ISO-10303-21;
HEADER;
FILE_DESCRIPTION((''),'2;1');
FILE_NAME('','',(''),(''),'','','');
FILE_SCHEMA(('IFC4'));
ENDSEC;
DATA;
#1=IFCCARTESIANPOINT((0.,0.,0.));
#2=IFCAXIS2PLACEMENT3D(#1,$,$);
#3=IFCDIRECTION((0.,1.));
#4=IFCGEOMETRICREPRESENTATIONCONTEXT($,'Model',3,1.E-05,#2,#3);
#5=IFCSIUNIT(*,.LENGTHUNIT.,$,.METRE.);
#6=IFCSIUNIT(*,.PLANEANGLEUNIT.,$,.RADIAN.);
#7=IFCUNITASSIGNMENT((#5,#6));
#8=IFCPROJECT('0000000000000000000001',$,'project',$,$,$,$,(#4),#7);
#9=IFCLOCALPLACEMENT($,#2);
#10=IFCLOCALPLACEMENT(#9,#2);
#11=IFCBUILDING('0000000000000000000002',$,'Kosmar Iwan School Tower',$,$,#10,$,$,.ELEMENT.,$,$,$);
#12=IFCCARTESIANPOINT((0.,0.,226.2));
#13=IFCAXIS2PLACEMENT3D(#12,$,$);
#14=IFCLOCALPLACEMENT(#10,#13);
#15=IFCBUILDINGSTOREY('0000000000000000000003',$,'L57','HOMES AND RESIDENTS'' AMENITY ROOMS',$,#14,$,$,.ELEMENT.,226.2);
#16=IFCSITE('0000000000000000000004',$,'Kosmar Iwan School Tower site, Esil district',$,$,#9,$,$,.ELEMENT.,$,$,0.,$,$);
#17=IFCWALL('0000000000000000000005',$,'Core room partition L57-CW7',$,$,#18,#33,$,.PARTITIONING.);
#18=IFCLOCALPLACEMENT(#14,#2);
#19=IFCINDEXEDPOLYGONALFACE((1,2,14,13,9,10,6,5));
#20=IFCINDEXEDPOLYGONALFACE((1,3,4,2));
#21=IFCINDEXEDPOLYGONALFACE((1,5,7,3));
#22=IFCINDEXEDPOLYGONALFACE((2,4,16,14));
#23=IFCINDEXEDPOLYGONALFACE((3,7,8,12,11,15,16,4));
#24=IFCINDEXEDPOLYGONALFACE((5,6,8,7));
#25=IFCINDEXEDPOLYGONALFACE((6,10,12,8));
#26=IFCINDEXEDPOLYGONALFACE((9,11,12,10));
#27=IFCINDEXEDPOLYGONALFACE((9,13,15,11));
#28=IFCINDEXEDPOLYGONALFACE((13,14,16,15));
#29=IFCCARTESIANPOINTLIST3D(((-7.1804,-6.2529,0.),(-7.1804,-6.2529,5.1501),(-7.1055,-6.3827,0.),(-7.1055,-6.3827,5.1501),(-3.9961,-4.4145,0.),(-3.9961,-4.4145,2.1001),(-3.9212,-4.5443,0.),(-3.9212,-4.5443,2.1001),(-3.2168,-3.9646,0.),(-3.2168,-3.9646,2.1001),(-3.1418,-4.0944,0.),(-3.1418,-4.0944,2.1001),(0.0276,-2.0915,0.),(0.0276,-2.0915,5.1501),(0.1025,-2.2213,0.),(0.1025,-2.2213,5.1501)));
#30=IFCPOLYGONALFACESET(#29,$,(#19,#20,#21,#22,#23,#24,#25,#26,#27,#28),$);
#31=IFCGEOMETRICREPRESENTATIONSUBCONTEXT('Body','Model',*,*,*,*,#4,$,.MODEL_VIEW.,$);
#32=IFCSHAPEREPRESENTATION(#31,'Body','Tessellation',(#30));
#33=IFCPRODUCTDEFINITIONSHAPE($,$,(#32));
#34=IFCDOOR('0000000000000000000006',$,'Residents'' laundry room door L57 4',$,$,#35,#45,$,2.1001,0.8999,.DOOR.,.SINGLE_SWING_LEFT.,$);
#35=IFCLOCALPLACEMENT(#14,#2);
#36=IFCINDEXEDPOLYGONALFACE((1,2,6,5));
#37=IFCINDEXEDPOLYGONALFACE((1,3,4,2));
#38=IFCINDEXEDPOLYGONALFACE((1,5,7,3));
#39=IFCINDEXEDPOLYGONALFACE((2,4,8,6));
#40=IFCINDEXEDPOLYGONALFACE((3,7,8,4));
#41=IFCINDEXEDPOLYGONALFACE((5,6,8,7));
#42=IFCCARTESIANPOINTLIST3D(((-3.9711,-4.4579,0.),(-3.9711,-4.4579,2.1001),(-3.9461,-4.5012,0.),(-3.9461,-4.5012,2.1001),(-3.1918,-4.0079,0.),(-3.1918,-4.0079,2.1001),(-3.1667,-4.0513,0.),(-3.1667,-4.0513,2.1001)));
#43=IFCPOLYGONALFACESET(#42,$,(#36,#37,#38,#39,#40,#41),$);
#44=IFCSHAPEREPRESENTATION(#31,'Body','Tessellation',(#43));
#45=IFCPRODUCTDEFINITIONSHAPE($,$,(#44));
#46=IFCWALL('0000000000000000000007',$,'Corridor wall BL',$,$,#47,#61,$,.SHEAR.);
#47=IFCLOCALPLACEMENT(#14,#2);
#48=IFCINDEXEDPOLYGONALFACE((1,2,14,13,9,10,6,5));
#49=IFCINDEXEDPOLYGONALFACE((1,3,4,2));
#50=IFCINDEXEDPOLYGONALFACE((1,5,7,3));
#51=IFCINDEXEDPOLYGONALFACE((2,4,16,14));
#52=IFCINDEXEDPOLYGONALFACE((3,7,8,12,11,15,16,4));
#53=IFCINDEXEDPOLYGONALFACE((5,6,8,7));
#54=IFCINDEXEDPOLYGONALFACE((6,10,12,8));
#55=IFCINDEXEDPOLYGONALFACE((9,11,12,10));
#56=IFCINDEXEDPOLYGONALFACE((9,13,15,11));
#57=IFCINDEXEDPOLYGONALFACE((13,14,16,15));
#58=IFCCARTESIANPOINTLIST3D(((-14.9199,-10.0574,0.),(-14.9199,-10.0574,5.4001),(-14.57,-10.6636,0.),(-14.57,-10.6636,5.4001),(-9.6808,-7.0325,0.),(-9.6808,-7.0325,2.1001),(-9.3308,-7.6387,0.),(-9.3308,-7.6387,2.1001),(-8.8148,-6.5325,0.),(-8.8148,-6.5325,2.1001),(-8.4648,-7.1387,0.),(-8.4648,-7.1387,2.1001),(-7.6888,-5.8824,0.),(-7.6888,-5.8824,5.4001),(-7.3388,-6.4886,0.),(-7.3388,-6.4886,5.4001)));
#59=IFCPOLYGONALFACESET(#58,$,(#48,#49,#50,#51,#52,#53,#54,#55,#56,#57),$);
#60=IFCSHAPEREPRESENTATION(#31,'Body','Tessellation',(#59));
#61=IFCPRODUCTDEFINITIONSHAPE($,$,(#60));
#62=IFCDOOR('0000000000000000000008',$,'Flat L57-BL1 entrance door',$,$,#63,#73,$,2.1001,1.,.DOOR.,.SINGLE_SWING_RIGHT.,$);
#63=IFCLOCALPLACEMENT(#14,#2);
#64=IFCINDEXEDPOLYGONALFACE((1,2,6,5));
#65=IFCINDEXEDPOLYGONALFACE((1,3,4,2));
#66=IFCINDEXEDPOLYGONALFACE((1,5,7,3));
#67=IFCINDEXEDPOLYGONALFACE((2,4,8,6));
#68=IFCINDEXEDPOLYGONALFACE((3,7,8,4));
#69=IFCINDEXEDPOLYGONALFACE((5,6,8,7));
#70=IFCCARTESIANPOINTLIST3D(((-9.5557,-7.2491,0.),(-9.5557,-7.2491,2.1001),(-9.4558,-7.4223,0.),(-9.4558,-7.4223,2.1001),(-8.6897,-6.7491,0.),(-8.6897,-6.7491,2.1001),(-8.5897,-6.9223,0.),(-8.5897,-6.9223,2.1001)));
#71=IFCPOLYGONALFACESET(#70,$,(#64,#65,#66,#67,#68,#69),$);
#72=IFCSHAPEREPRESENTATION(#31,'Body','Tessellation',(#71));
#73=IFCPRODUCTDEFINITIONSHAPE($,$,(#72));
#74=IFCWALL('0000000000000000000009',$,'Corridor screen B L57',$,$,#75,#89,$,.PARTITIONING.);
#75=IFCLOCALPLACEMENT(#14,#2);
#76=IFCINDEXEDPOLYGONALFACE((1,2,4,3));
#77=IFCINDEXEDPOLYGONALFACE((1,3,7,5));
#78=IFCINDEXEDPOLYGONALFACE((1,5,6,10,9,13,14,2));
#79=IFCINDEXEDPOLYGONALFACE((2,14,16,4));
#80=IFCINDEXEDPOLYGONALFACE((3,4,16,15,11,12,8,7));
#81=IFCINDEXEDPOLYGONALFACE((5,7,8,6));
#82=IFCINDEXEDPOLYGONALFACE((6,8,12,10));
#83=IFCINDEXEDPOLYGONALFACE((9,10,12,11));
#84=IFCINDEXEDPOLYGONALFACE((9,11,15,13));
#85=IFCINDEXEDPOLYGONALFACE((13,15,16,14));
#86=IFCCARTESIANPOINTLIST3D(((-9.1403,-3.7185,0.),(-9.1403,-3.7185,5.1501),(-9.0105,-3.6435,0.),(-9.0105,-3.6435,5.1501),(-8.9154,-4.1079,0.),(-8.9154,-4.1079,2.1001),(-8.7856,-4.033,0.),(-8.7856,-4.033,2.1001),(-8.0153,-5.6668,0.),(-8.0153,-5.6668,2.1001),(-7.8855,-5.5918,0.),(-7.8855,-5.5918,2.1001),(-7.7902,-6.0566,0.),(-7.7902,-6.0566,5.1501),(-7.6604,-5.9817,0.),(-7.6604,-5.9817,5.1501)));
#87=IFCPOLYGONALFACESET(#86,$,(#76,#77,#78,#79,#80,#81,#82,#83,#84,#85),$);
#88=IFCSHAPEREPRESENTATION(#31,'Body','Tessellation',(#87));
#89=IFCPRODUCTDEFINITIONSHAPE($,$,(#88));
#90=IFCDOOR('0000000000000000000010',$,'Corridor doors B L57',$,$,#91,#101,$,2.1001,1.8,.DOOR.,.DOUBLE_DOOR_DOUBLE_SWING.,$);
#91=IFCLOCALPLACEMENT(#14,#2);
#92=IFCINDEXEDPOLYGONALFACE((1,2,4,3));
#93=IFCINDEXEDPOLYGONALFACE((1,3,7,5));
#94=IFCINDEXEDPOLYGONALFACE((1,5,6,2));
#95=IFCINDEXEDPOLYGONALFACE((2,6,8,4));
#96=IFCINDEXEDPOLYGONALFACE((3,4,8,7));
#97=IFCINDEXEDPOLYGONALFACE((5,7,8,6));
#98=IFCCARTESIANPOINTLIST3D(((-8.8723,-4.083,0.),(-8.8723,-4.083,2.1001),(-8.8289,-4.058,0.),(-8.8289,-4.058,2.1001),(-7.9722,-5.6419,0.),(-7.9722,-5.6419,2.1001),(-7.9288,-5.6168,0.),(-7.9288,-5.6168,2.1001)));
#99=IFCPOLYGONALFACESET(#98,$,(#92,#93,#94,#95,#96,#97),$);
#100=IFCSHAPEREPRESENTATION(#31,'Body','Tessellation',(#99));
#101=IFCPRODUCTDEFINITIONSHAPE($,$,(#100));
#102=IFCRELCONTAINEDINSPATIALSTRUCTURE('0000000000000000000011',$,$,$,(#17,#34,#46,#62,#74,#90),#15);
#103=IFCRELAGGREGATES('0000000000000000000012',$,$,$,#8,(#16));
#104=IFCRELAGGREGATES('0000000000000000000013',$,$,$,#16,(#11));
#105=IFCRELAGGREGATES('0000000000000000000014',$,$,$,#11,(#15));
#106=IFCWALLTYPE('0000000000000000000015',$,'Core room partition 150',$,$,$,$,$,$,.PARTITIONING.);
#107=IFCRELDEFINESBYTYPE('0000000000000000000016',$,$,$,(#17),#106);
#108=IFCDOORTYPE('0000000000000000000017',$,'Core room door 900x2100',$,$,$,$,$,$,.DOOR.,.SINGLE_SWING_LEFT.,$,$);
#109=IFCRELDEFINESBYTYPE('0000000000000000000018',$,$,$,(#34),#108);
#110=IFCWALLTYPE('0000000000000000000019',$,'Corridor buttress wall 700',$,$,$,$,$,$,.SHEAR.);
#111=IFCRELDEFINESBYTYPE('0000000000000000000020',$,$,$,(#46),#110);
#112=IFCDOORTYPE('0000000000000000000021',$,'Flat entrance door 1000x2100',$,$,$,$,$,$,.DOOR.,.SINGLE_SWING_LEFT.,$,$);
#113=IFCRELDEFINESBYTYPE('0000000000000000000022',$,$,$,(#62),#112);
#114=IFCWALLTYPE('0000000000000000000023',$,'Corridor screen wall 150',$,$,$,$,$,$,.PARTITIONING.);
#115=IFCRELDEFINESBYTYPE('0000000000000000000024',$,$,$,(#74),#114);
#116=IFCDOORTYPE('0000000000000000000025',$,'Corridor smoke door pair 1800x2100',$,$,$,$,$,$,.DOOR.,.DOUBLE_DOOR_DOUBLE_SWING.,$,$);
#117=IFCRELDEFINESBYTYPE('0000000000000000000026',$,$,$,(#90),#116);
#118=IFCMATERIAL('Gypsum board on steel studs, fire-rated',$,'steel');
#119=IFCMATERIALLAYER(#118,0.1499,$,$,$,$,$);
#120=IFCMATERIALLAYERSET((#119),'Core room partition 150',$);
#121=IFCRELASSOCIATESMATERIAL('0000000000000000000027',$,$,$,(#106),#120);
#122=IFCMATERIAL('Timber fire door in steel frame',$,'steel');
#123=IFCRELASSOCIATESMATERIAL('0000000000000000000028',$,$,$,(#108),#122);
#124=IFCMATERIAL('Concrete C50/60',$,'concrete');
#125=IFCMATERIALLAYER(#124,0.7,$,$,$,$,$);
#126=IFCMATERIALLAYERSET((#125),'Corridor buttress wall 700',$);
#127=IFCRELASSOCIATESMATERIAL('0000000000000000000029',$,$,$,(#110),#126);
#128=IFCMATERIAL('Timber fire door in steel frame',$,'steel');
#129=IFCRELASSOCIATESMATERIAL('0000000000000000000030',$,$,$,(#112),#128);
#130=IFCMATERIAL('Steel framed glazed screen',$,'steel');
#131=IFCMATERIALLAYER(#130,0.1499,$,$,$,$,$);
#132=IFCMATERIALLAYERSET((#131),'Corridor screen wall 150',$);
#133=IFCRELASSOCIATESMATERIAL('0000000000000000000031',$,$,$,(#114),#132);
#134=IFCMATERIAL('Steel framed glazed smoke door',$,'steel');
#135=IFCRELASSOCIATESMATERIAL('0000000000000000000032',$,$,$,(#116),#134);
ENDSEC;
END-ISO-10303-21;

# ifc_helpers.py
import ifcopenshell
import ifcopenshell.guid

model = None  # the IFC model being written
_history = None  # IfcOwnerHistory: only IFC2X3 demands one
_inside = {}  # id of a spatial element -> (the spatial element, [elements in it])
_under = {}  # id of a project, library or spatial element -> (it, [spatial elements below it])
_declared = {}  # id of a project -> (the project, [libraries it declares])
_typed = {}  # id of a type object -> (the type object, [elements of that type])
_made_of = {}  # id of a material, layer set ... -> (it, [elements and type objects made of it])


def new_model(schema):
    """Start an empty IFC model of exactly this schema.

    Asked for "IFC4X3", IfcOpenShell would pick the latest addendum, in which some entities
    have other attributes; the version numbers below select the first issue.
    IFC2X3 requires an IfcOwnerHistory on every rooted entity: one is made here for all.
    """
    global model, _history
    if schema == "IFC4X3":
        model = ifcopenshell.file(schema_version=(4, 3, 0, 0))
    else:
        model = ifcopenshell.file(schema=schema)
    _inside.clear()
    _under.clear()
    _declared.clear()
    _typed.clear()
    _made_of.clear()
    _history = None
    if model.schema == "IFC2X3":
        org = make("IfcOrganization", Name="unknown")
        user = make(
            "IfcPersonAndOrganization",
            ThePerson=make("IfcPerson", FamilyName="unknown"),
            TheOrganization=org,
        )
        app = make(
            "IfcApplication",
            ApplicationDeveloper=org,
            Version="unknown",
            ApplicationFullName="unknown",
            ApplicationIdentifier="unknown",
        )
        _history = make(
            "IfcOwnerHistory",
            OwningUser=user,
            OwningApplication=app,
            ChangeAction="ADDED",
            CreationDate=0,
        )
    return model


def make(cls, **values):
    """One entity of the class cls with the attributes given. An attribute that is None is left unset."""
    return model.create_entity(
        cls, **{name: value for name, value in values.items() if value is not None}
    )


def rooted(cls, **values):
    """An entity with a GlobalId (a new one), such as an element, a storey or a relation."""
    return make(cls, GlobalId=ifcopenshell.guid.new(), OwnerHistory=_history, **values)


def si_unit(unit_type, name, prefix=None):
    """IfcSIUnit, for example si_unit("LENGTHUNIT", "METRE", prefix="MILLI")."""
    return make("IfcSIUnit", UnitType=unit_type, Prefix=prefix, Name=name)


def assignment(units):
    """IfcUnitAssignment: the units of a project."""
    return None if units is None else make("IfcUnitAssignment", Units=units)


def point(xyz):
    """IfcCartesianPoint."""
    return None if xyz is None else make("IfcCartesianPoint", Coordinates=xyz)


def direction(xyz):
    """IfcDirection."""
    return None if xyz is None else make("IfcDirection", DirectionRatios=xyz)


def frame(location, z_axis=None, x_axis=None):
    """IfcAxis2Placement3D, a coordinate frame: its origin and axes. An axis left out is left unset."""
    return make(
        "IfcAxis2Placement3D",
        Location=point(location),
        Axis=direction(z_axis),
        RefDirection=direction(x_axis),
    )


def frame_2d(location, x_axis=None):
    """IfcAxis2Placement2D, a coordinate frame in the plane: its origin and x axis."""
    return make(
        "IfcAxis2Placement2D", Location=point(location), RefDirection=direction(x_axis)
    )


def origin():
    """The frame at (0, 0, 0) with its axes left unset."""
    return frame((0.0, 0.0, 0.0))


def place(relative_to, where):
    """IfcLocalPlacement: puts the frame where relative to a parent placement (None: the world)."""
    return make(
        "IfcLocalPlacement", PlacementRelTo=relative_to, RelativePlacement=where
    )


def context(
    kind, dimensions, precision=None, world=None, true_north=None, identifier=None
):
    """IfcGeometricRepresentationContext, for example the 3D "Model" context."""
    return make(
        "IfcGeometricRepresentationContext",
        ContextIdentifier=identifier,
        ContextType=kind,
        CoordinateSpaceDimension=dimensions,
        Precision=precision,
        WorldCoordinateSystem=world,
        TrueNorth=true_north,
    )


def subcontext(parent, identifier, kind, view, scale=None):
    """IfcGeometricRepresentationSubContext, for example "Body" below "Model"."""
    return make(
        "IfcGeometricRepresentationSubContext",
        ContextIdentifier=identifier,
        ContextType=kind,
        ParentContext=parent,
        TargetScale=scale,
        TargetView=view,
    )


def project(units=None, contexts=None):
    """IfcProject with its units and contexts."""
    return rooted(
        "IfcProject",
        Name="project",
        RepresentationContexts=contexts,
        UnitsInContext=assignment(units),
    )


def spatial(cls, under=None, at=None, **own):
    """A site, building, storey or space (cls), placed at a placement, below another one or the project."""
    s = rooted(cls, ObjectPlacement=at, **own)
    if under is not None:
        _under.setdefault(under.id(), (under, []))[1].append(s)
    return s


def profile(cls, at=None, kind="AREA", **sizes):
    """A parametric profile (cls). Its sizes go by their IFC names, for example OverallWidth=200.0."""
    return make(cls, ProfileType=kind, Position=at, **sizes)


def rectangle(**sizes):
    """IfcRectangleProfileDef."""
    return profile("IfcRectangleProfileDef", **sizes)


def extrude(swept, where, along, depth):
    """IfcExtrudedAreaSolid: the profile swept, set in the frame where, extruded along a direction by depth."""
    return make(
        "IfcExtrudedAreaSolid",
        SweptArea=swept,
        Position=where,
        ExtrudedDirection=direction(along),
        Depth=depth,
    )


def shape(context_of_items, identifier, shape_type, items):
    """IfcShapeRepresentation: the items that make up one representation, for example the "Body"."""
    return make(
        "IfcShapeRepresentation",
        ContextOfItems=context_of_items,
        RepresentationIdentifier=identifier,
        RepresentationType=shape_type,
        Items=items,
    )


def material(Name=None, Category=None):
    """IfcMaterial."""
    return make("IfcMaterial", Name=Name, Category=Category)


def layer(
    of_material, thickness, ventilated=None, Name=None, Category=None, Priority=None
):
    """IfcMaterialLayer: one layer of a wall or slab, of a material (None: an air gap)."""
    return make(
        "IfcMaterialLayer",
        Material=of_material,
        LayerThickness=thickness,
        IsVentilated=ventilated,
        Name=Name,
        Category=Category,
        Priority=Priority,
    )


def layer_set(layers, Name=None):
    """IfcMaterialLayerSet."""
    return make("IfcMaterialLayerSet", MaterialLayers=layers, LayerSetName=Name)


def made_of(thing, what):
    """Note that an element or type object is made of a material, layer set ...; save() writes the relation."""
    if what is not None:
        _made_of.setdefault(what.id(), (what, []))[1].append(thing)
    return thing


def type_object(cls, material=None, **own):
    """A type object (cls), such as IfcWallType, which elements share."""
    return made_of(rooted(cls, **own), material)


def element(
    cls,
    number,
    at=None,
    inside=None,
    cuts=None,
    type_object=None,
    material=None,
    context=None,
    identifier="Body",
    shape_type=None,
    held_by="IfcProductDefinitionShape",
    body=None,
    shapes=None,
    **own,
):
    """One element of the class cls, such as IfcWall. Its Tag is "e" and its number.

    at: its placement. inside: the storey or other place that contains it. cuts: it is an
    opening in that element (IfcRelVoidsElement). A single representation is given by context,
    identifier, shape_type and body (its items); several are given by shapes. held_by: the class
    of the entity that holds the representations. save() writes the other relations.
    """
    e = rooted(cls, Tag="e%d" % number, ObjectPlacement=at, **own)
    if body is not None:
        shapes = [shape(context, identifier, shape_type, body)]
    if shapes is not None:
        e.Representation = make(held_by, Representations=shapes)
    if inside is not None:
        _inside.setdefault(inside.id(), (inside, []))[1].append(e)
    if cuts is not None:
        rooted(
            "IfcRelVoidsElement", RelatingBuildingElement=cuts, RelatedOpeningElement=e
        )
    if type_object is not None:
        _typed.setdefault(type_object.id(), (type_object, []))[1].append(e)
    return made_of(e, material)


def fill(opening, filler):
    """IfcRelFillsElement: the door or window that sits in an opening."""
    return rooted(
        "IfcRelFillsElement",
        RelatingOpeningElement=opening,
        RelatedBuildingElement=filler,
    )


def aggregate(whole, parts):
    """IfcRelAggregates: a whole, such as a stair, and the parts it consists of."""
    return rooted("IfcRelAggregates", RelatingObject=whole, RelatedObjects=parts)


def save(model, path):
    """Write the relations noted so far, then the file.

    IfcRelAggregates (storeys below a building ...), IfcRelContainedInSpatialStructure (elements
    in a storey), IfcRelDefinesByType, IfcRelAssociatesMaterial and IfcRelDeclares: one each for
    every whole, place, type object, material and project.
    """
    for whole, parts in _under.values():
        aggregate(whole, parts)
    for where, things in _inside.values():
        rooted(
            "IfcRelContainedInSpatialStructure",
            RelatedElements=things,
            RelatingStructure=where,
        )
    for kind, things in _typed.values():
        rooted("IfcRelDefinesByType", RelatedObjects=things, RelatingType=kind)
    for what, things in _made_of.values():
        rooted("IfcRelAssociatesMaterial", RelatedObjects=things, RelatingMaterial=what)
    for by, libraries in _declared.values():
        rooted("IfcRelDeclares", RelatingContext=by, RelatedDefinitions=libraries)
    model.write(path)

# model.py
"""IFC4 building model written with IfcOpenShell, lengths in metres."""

from ifc_helpers import new_model, si_unit, direction, frame, frame_2d, origin, place, context, subcontext, project, spatial, rectangle, extrude, material, layer, layer_set, type_object, element, fill, save


model = new_model("IFC4")

# Units and contexts
model_context = context("Model", 3, precision=1e-05, world=origin(), true_north=direction((0.0, 1.0)))
body_context = subcontext(model_context, "Body", "Model", "MODEL_VIEW")
ifc_project = project(units=[si_unit("LENGTHUNIT", "METRE"), si_unit("PLANEANGLEUNIT", "RADIAN")], contexts=[model_context])

# Site, building, storey
site_placement = place(None, origin())
site = spatial("IfcSite", under=ifc_project, at=site_placement, Name="Kosmar Iwan School Tower site, Esil district", CompositionType="ELEMENT", RefElevation=0.0)
building_placement = place(site_placement, origin())
building = spatial("IfcBuilding", under=site, at=building_placement, Name="Kosmar Iwan School Tower", CompositionType="ELEMENT")
storey_placement = place(building_placement, frame((0.0, 0.0, 226.2)))
storey = spatial("IfcBuildingStorey", under=building, at=storey_placement, Name="L57", Description="HOMES AND RESIDENTS' AMENITY ROOMS", CompositionType="ELEMENT", Elevation=226.2)

# Shared definitions
ifc_material_1 = material(Name="Gypsum board on steel studs, fire-rated", Category="steel")
ifc_layer_1 = layer(ifc_material_1, 0.1499)
ifc_layer_set_1 = layer_set([ifc_layer_1], Name="Core room partition 150")
wall_type_1 = type_object("IfcWallType", Name="Core room partition 150", PredefinedType="PARTITIONING", material=ifc_layer_set_1)

# Walls, openings, doors
wall_1_placement = place(storey_placement, frame((-7.1431, -6.3179, 0.0), z_axis=(0.0, 0.0, 1.0), x_axis=(0.866034, 0.499985, 0.0)))
wall_1 = element("IfcWall", 1, at=wall_1_placement, inside=storey, type_object=wall_type_1, Name="Core room partition L57-CW7", PredefinedType="PARTITIONING", context=body_context, shape_type="SweptSolid", body=[
    extrude(rectangle(XDim=8.323, YDim=0.1499, at=frame_2d((4.1616, 0.0))), origin(), (0.0, 0.0, 1.0), 5.1501),
])
opening_1_placement = place(wall_1_placement, frame((3.677, 0.0, 0.0)))
opening_1 = element("IfcOpeningElement", 2, at=opening_1_placement, cuts=wall_1, PredefinedType="OPENING", context=body_context, shape_type="SweptSolid", body=[
    extrude(rectangle(XDim=0.8999, YDim=2.1001, at=frame_2d((0.45, 1.05))), frame((0.0, 0.0869, 0.0), z_axis=(0.0, -1.0, 0.0), x_axis=(1.0, 0.0, 0.0)), (0.0, 0.0, 1.0), 0.1738),
])
ifc_material_2 = material(Name="Timber fire door in steel frame", Category="steel")
door_type_1 = type_object("IfcDoorType", Name="Core room door 900x2100", OperationType="SINGLE_SWING_LEFT", PredefinedType="DOOR", material=ifc_material_2)
door_1_placement = place(opening_1_placement, origin())
door_1 = element("IfcDoor", 3, at=door_1_placement, inside=storey, type_object=door_type_1, Name="Residents' laundry room door L57 4", OperationType="SINGLE_SWING_LEFT", OverallHeight=2.1001, OverallWidth=0.8999, PredefinedType="DOOR", context=body_context, shape_type="SweptSolid", body=[
    extrude(rectangle(XDim=0.8999, YDim=2.1001, at=frame_2d((0.45, 1.05))), frame((0.0, 0.0249, 0.0), z_axis=(0.0, -1.0, 0.0), x_axis=(1.0, 0.0, 0.0)), (0.0, 0.0, 1.0), 0.05),
])
fill(opening_1, door_1)
ifc_material_3 = material(Name="Concrete C50/60", Category="concrete")
ifc_layer_2 = layer(ifc_material_3, 0.7)
ifc_layer_set_2 = layer_set([ifc_layer_2], Name="Corridor buttress wall 700")
wall_type_2 = type_object("IfcWallType", Name="Corridor buttress wall 700", PredefinedType="SHEAR", material=ifc_layer_set_2)
wall_2_placement = place(storey_placement, frame((-7.5139, -6.1855, 0.0), z_axis=(0.0, 0.0, 1.0), x_axis=(-0.86602, -0.50001, 0.0)))
wall_2 = element("IfcWall", 4, at=wall_2_placement, inside=storey, type_object=wall_type_2, Name="Corridor wall BL", PredefinedType="SHEAR", context=body_context, shape_type="SweptSolid", body=[
    extrude(rectangle(XDim=8.3499, YDim=0.7, at=frame_2d((4.1748, 0.0))), origin(), (0.0, 0.0, 1.0), 5.4001),
])
opening_2_placement = place(wall_2_placement, frame((1.3, 0.0, 0.0)))
opening_2 = element("IfcOpeningElement", 5, at=opening_2_placement, cuts=wall_2, PredefinedType="OPENING", context=body_context, shape_type="SweptSolid", body=[
    extrude(rectangle(XDim=1.0, YDim=2.1001, at=frame_2d((0.5, 1.05))), frame((0.0, 0.3621, 0.0), z_axis=(0.0, -1.0, 0.0), x_axis=(1.0, 0.0, 0.0)), (0.0, 0.0, 1.0), 0.7239),
])
ifc_material_4 = material(Name="Timber fire door in steel frame", Category="steel")
door_type_2 = type_object("IfcDoorType", Name="Flat entrance door 1000x2100", OperationType="SINGLE_SWING_LEFT", PredefinedType="DOOR", material=ifc_material_4)
door_2_placement = place(opening_2_placement, origin())
door_2 = element("IfcDoor", 6, at=door_2_placement, inside=storey, type_object=door_type_2, Name="Flat L57-BL1 entrance door", OperationType="SINGLE_SWING_RIGHT", OverallHeight=2.1001, OverallWidth=1.0, PredefinedType="DOOR", context=body_context, shape_type="SweptSolid", body=[
    extrude(rectangle(XDim=1.0, YDim=2.1001, at=frame_2d((0.5, 1.05))), frame((0.0, 0.1001, 0.0), z_axis=(0.0, -1.0, 0.0), x_axis=(1.0, 0.0, 0.0)), (0.0, 0.0, 1.0), 0.2),
])
fill(opening_2, door_2)
ifc_material_5 = material(Name="Steel framed glazed screen", Category="steel")
ifc_layer_3 = layer(ifc_material_5, 0.1499)
ifc_layer_set_3 = layer_set([ifc_layer_3], Name="Corridor screen wall 150")
wall_type_3 = type_object("IfcWallType", Name="Corridor screen wall 150", PredefinedType="PARTITIONING", material=ifc_layer_set_3)
wall_3_placement = place(storey_placement, frame((-9.0754, -3.6809, 0.0), z_axis=(0.0, 0.0, 1.0), x_axis=(0.500049, -0.865997, 0.0)))
wall_3 = element("IfcWall", 7, at=wall_3_placement, inside=storey, type_object=wall_type_3, Name="Corridor screen B L57", PredefinedType="PARTITIONING", context=body_context, shape_type="SweptSolid", body=[
    extrude(rectangle(XDim=2.7, YDim=0.1499, at=frame_2d((1.3501, 0.0))), origin(), (0.0, 0.0, 1.0), 5.1501),
])
opening_3_placement = place(wall_3_placement, frame((0.45, 0.0, 0.0)))
opening_3 = element("IfcOpeningElement", 8, at=opening_3_placement, cuts=wall_3, PredefinedType="OPENING", context=body_context, shape_type="SweptSolid", body=[
    extrude(rectangle(XDim=1.8, YDim=2.1001, at=frame_2d((0.8999, 1.05))), frame((0.0, 0.0869, 0.0), z_axis=(0.0, -1.0, 0.0), x_axis=(1.0, 0.0, 0.0)), (0.0, 0.0, 1.0), 0.1738),
])
ifc_material_6 = material(Name="Steel framed glazed smoke door", Category="steel")
door_type_3 = type_object("IfcDoorType", Name="Corridor smoke door pair 1800x2100", OperationType="DOUBLE_DOOR_DOUBLE_SWING", PredefinedType="DOOR", material=ifc_material_6)
door_3_placement = place(opening_3_placement, origin())
door_3 = element("IfcDoor", 9, at=door_3_placement, inside=storey, type_object=door_type_3, Name="Corridor doors B L57", OperationType="DOUBLE_DOOR_DOUBLE_SWING", OverallHeight=2.1001, OverallWidth=1.8, PredefinedType="DOOR", context=body_context, shape_type="SweptSolid", body=[
    extrude(rectangle(XDim=1.8, YDim=2.1001, at=frame_2d((0.8999, 1.05))), frame((0.0, 0.0249, 0.0), z_axis=(0.0, -1.0, 0.0), x_axis=(1.0, 0.0, 0.0)), (0.0, 0.0, 1.0), 0.05),
])
fill(opening_3, door_3)

save(model, "model.ifc")
